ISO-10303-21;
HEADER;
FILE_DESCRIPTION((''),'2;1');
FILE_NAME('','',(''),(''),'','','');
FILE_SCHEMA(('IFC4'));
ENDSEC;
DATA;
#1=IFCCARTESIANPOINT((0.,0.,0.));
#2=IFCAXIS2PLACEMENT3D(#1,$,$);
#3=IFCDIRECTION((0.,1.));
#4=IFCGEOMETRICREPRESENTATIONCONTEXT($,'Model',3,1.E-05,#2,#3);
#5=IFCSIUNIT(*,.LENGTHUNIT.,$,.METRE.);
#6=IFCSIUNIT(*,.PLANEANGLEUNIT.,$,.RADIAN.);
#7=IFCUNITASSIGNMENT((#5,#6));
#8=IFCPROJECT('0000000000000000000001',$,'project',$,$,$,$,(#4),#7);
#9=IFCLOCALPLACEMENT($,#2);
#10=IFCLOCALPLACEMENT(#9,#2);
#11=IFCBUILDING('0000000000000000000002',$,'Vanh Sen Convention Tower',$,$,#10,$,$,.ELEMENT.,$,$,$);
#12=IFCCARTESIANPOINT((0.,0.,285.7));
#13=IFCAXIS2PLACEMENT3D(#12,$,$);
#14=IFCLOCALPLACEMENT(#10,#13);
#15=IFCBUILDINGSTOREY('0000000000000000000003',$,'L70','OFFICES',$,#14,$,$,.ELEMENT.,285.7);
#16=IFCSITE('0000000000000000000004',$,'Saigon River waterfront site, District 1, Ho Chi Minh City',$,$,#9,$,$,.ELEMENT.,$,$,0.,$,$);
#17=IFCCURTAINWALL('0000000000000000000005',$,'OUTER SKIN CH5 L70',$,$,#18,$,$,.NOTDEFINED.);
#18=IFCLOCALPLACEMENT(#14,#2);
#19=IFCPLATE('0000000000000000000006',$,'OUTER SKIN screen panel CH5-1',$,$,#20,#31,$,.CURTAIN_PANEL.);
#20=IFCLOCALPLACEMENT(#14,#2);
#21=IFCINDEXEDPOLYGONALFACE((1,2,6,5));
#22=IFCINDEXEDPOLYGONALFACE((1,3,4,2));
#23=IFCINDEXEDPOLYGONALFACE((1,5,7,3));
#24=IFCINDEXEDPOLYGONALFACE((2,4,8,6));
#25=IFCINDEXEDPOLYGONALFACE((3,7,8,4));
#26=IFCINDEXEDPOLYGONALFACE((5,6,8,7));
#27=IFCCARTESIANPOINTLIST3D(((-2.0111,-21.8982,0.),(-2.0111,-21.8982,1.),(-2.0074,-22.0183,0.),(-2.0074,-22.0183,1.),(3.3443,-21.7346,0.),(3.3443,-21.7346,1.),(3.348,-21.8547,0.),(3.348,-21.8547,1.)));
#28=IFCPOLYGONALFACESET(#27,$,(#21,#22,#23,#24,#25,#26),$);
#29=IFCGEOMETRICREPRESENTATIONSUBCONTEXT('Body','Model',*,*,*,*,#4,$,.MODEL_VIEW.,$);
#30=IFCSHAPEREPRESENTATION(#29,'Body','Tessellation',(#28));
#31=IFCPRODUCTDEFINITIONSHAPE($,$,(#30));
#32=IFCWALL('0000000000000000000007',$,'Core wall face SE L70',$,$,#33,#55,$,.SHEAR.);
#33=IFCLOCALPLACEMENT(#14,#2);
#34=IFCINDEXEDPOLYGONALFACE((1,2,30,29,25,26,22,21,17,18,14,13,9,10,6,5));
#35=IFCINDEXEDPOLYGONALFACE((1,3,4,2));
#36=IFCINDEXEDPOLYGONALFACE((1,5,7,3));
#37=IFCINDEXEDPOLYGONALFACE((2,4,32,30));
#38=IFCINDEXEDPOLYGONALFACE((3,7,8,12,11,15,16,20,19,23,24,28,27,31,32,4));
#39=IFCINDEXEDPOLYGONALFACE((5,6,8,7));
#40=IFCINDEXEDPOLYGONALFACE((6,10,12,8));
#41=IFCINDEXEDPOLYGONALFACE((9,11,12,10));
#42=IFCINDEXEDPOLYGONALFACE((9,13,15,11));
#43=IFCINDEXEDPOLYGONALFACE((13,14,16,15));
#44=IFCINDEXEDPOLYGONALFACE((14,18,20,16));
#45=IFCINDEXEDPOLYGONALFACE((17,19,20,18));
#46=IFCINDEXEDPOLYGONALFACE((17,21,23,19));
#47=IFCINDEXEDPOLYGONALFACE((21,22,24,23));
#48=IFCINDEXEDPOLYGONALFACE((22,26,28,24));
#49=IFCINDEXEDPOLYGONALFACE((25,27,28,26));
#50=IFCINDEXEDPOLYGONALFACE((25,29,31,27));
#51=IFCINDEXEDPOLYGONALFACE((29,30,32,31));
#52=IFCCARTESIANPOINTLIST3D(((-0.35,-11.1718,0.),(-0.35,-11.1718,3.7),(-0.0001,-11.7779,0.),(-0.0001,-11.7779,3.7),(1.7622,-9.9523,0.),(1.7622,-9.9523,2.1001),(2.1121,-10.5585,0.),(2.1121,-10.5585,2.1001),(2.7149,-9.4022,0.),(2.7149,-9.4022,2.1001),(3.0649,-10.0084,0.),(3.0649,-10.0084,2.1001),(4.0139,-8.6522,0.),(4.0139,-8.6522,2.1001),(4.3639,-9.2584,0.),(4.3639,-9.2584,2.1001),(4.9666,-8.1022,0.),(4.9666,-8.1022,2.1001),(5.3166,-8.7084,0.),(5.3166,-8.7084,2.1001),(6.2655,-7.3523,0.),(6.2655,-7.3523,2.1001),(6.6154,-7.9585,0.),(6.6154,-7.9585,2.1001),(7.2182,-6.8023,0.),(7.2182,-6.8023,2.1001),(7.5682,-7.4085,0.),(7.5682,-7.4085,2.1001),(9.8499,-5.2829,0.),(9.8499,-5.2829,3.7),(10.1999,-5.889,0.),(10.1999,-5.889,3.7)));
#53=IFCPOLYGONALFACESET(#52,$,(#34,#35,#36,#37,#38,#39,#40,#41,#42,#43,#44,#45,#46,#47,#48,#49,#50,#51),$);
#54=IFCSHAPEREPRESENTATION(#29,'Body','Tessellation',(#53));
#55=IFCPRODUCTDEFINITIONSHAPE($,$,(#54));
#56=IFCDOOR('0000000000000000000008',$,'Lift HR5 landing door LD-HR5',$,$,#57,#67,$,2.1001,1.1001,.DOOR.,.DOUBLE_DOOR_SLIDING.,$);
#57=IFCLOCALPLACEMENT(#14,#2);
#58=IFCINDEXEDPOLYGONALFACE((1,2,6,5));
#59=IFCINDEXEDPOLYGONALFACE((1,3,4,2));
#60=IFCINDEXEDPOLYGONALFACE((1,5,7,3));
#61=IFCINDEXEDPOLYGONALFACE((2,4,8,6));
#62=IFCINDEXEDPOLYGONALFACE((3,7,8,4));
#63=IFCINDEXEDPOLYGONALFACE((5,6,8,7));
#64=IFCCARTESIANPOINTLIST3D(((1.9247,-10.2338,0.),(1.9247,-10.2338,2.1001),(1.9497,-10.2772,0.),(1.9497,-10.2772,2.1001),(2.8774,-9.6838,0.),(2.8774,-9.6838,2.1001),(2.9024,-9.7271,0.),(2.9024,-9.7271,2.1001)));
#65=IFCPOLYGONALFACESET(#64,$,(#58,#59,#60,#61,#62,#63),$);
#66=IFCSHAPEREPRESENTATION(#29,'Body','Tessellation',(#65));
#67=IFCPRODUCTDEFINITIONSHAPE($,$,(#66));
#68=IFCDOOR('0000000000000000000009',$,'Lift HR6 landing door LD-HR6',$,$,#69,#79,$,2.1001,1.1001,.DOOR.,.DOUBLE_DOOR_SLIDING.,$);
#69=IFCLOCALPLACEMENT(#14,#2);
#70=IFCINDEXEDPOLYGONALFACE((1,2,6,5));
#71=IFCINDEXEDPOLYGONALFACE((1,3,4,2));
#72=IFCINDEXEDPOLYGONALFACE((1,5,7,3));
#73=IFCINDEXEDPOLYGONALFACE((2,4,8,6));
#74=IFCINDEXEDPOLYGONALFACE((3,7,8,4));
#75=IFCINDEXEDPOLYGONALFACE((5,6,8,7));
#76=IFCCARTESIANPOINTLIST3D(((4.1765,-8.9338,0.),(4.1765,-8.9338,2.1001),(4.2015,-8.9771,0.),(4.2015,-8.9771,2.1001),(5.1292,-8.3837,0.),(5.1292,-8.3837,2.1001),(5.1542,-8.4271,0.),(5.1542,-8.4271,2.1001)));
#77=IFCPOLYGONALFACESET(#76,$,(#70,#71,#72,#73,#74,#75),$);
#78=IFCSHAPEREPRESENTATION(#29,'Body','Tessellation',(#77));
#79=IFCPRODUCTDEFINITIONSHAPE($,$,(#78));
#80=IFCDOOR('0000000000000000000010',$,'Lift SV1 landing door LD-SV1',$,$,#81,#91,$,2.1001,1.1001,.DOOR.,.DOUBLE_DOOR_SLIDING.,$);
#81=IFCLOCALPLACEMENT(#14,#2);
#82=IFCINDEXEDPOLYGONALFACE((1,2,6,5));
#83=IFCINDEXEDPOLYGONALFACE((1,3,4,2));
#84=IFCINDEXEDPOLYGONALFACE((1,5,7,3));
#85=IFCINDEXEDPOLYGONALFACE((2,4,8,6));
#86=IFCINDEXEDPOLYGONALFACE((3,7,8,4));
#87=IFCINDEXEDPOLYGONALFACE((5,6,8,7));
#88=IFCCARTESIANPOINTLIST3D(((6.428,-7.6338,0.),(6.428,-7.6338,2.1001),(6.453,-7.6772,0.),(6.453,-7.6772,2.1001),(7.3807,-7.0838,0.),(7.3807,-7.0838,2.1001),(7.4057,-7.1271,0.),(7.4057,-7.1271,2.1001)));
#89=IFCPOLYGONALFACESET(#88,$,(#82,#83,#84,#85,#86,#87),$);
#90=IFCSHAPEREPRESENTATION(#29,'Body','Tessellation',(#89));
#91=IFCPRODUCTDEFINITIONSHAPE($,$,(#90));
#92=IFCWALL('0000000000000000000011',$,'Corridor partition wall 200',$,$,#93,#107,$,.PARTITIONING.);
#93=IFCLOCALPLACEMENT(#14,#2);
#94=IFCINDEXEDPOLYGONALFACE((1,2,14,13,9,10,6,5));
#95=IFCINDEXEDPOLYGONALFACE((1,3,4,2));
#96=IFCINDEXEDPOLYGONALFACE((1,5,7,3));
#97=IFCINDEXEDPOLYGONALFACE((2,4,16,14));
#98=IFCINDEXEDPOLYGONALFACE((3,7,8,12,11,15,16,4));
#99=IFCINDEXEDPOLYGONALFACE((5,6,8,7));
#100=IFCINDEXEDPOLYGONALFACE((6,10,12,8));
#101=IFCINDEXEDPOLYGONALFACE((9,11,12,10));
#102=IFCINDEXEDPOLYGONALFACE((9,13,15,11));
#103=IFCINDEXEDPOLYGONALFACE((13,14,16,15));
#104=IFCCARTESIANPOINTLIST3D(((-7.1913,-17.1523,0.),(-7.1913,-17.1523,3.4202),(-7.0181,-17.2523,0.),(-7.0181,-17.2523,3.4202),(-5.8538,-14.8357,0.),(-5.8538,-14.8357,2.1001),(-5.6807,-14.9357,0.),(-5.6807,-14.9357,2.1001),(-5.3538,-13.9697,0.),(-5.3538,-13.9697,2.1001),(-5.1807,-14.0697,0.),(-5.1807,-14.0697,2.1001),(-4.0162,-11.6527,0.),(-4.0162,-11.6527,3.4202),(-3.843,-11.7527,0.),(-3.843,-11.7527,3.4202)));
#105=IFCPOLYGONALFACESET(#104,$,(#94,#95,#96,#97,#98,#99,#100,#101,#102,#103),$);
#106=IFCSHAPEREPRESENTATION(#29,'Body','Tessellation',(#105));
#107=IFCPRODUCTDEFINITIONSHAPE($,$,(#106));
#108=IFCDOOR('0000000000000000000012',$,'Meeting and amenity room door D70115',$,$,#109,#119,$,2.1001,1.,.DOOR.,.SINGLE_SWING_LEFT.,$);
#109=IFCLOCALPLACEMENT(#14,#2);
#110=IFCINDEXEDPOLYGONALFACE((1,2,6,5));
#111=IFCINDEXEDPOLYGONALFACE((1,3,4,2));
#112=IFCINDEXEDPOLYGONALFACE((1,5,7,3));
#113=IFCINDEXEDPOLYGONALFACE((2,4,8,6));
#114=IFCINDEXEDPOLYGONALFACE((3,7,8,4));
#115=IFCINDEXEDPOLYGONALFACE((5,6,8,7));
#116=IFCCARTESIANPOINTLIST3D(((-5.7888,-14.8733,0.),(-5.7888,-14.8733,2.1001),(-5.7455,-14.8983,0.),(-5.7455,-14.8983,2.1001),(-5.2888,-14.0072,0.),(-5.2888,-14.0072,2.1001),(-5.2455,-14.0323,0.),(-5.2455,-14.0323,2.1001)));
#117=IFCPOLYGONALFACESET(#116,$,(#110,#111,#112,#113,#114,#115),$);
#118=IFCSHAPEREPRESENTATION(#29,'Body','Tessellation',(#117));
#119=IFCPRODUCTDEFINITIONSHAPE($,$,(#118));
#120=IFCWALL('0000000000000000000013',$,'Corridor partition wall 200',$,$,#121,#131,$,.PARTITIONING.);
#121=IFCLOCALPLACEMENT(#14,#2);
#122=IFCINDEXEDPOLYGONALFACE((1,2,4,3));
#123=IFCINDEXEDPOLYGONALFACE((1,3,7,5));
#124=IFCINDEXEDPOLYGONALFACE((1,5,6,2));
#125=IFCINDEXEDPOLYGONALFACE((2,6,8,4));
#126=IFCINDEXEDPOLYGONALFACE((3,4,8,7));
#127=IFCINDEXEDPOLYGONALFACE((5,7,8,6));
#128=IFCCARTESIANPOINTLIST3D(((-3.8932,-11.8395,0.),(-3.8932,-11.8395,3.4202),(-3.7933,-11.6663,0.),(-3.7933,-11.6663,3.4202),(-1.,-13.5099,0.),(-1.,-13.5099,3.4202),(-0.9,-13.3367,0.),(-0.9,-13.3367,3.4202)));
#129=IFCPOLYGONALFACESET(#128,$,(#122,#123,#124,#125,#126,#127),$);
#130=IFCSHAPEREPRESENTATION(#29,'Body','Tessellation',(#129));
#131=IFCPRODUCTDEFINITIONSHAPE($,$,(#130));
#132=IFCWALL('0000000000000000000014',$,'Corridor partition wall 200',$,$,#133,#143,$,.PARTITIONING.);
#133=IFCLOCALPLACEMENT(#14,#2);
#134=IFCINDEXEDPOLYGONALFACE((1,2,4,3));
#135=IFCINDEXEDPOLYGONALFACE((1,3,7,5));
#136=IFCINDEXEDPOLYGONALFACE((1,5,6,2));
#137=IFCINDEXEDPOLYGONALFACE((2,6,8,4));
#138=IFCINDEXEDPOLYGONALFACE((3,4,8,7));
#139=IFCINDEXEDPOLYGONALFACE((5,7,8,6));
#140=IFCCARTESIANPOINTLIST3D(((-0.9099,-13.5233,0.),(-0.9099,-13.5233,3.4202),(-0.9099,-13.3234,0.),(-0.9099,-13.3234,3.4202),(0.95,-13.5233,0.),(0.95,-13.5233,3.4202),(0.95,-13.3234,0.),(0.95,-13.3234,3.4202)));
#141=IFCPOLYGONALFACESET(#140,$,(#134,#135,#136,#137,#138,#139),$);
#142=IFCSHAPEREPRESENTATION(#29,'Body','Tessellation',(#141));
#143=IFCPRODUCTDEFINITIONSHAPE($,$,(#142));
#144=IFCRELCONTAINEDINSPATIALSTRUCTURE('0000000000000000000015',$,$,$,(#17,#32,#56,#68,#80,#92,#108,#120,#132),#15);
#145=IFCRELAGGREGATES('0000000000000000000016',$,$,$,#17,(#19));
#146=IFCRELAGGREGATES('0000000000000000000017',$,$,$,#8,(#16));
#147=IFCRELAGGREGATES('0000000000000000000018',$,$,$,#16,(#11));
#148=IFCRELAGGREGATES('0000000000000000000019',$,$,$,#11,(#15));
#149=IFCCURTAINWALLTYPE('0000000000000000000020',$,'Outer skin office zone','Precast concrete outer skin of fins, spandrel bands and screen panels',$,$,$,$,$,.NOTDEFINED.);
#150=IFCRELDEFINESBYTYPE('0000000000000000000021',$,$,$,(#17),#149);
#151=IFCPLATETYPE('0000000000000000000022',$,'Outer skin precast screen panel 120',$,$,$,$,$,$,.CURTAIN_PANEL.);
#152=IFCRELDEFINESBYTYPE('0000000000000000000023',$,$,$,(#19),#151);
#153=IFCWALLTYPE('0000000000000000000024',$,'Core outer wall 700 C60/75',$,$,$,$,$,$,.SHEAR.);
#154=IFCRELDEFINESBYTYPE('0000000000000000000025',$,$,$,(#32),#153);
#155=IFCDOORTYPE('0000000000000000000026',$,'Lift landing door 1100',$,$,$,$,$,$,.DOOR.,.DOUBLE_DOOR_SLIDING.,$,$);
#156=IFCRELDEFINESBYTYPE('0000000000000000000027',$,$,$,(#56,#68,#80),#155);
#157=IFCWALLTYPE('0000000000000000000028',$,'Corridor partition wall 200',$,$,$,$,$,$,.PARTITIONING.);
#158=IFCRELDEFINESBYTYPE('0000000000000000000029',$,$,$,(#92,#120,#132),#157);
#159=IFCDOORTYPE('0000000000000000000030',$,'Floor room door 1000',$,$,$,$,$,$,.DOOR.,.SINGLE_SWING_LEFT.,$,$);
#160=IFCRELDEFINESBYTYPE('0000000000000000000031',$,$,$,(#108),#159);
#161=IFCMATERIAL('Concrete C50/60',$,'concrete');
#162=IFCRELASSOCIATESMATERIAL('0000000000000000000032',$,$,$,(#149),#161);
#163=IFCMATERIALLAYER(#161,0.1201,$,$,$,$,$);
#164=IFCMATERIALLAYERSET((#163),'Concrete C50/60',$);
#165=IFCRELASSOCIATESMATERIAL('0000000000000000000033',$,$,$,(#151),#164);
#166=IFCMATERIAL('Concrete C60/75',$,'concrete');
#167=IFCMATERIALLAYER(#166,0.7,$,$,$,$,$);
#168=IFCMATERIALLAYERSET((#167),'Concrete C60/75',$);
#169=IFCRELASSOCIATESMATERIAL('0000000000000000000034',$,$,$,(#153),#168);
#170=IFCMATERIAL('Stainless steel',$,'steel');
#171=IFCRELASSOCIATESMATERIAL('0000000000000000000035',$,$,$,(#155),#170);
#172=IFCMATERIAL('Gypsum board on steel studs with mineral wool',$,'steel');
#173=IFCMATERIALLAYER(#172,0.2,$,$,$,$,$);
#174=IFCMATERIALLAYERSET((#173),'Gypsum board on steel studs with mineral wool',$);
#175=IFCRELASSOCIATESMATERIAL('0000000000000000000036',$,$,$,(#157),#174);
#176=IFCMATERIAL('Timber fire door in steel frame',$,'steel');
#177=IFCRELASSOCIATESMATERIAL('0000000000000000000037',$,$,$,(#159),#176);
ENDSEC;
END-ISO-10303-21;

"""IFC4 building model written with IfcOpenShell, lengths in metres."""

from ifc_helpers import new_model, si_unit, direction, frame, frame_2d, origin, origin_2d, place, context, subcontext, project, spatial, rectangle, extrude, material, layer, layer_set, type_object, element, fill, aggregate, save


model = new_model("IFC4")

# Units and contexts
model_context = context("Model", 3, precision=1e-05, world=origin(), true_north=direction((0.0, 1.0)))
body_context = subcontext(model_context, "Body", "Model", "MODEL_VIEW")
ifc_project = project(units=[si_unit("LENGTHUNIT", "METRE"), si_unit("PLANEANGLEUNIT", "RADIAN")], contexts=[model_context])

# Site, building, storey
site_placement = place(None, origin())
site = spatial("IfcSite", under=ifc_project, at=site_placement, Name="Saigon River waterfront site, District 1, Ho Chi Minh City", CompositionType="ELEMENT", RefElevation=0.0)
building_placement = place(site_placement, origin())
building = spatial("IfcBuilding", under=site, at=building_placement, Name="Vanh Sen Convention Tower", CompositionType="ELEMENT")
storey_placement = place(building_placement, frame((0.0, 0.0, 285.7)))
storey = spatial("IfcBuildingStorey", under=building, at=storey_placement, Name="L70", Description="OFFICES", CompositionType="ELEMENT", Elevation=285.7)

# Shared definitions
ifc_material_1 = material(Name="Concrete C60/75", Category="concrete")

# Shared definitions
ifc_material_2 = material(Name="Concrete C50/60", Category="concrete")
curtain_wall_type = type_object("IfcCurtainWallType", Name="Outer skin office zone", Description="Precast concrete outer skin of fins, spandrel bands and screen panels", PredefinedType="NOTDEFINED", material=ifc_material_2)

# Curtain wall
curtain_wall_1_placement = place(storey_placement, origin())
curtain_wall_1 = element("IfcCurtainWall", 1, at=curtain_wall_1_placement, inside=storey, type_object=curtain_wall_type, Name="OUTER SKIN CH5 L70", PredefinedType="NOTDEFINED")

# Plate
ifc_layer_1 = layer(ifc_material_2, 0.1201)
ifc_layer_set_1 = layer_set([ifc_layer_1], Name="Concrete C50/60")
plate_type = type_object("IfcPlateType", Name="Outer skin precast screen panel 120", PredefinedType="CURTAIN_PANEL", material=ifc_layer_set_1)
plate_1_placement = place(storey_placement, frame((0.6685, -21.8765, 0.0), z_axis=(0.0, 0.0, 1.0), x_axis=(0.999534, 0.030539, 0.0)))
plate_1 = element("IfcPlate", 2, at=plate_1_placement, type_object=plate_type, Name="OUTER SKIN screen panel CH5-1", PredefinedType="CURTAIN_PANEL", context=body_context, shape_type="SweptSolid", body=[
    extrude(rectangle(XDim=5.3579, YDim=0.1201, at=origin_2d()), origin(), (0.0, 0.0, 1.0), 1.0),
])
aggregate(curtain_wall_1, [plate_1])

# Wall, openings, doors
ifc_layer_2 = layer(ifc_material_1, 0.7)
ifc_layer_set_2 = layer_set([ifc_layer_2], Name="Concrete C60/75")
wall_type_1 = type_object("IfcWallType", Name="Core outer wall 700 C60/75", PredefinedType="SHEAR", material=ifc_layer_set_2)
wall_1_placement = place(storey_placement, frame((-0.175, -11.4749, 0.0), z_axis=(0.0, 0.0, 1.0), x_axis=(0.866026, 0.499998, 0.0)))
wall_1 = element("IfcWall", 3, at=wall_1_placement, inside=storey, type_object=wall_type_1, Name="Core wall face SE L70", PredefinedType="SHEAR", context=body_context, shape_type="SweptSolid", body=[
    extrude(rectangle(XDim=11.7778, YDim=0.7, at=frame_2d((5.8889, 0.0))), origin(), (0.0, 0.0, 1.0), 3.7),
])
opening_1_placement = place(wall_1_placement, frame((2.439, 0.0, 0.0)))
opening_1 = element("IfcOpeningElement", 4, at=opening_1_placement, cuts=wall_1, PredefinedType="OPENING", context=body_context, shape_type="SweptSolid", body=[
    extrude(rectangle(XDim=1.1001, YDim=2.1001, at=frame_2d((0.55, 1.05))), frame((0.0, 0.3599, 0.0), z_axis=(0.0, -1.0, 0.0), x_axis=(1.0, 0.0, 0.0)), (0.0, 0.0, 1.0), 0.72),
])
opening_2_placement = place(wall_1_placement, frame((5.0391, 0.0, 0.0)))
opening_2 = element("IfcOpeningElement", 5, at=opening_2_placement, cuts=wall_1, PredefinedType="OPENING", context=body_context, shape_type="SweptSolid", body=[
    extrude(rectangle(XDim=1.1001, YDim=2.1001, at=frame_2d((0.55, 1.05))), frame((0.0, 0.3599, 0.0), z_axis=(0.0, -1.0, 0.0), x_axis=(1.0, 0.0, 0.0)), (0.0, 0.0, 1.0), 0.72),
])
opening_3_placement = place(wall_1_placement, frame((7.6389, 0.0, 0.0)))
opening_3 = element("IfcOpeningElement", 6, at=opening_3_placement, cuts=wall_1, PredefinedType="OPENING", context=body_context, shape_type="SweptSolid", body=[
    extrude(rectangle(XDim=1.1001, YDim=2.1001, at=frame_2d((0.55, 1.05))), frame((0.0, 0.3599, 0.0), z_axis=(0.0, -1.0, 0.0), x_axis=(1.0, 0.0, 0.0)), (0.0, 0.0, 1.0), 0.72),
])
ifc_material_3 = material(Name="Stainless steel", Category="steel")
door_type_1 = type_object("IfcDoorType", Name="Lift landing door 1100", OperationType="DOUBLE_DOOR_SLIDING", PredefinedType="DOOR", material=ifc_material_3)
door_1_placement = place(opening_1_placement, origin())
door_1 = element("IfcDoor", 7, at=door_1_placement, inside=storey, type_object=door_type_1, Name="Lift HR5 landing door LD-HR5", OperationType="DOUBLE_DOOR_SLIDING", OverallHeight=2.1001, OverallWidth=1.1001, PredefinedType="DOOR", context=body_context, shape_type="SweptSolid", body=[
    extrude(rectangle(XDim=1.1001, YDim=2.1001, at=frame_2d((0.55, 1.05))), frame((0.0, 0.0249, 0.0), z_axis=(0.0, -1.0, 0.0), x_axis=(1.0, 0.0, 0.0)), (0.0, 0.0, 1.0), 0.05),
])
fill(opening_1, door_1)
door_2_placement = place(opening_2_placement, origin())
door_2 = element("IfcDoor", 8, at=door_2_placement, inside=storey, type_object=door_type_1, Name="Lift HR6 landing door LD-HR6", OperationType="DOUBLE_DOOR_SLIDING", OverallHeight=2.1001, OverallWidth=1.1001, PredefinedType="DOOR", context=body_context, shape_type="SweptSolid", body=[
    extrude(rectangle(XDim=1.1001, YDim=2.1001, at=frame_2d((0.55, 1.05))), frame((0.0, 0.0249, 0.0), z_axis=(0.0, -1.0, 0.0), x_axis=(1.0, 0.0, 0.0)), (0.0, 0.0, 1.0), 0.05),
])
fill(opening_2, door_2)
door_3_placement = place(opening_3_placement, origin())
door_3 = element("IfcDoor", 9, at=door_3_placement, inside=storey, type_object=door_type_1, Name="Lift SV1 landing door LD-SV1", OperationType="DOUBLE_DOOR_SLIDING", OverallHeight=2.1001, OverallWidth=1.1001, PredefinedType="DOOR", context=body_context, shape_type="SweptSolid", body=[
    extrude(rectangle(XDim=1.1001, YDim=2.1001, at=frame_2d((0.55, 1.05))), frame((0.0, 0.0249, 0.0), z_axis=(0.0, -1.0, 0.0), x_axis=(1.0, 0.0, 0.0)), (0.0, 0.0, 1.0), 0.05),
])
fill(opening_3, door_3)

# Wall, opening, door
ifc_material_4 = material(Name="Gypsum board on steel studs with mineral wool", Category="steel")
ifc_layer_3 = layer(ifc_material_4, 0.2)
ifc_layer_set_3 = layer_set([ifc_layer_3], Name="Gypsum board on steel studs with mineral wool")
wall_type_2 = type_object("IfcWallType", Name="Corridor partition wall 200", PredefinedType="PARTITIONING", material=ifc_layer_set_3)
wall_2_placement = place(storey_placement, frame((-7.1047, -17.2024, 0.0), z_axis=(0.0, 0.0, 1.0), x_axis=(0.499989, 0.866032, 0.0)))
wall_2 = element("IfcWall", 10, at=wall_2_placement, inside=storey, type_object=wall_type_2, Name="Corridor partition wall 200", PredefinedType="PARTITIONING", context=body_context, shape_type="SweptSolid", body=[
    extrude(rectangle(XDim=6.3503, YDim=0.2, at=frame_2d((3.1753, 0.0))), origin(), (0.0, 0.0, 1.0), 3.4202),
])
opening_4_placement = place(wall_2_placement, frame((2.675, 0.0, 0.0)))
opening_4 = element("IfcOpeningElement", 11, at=opening_4_placement, cuts=wall_2, PredefinedType="OPENING", context=body_context, shape_type="SweptSolid", body=[
    extrude(rectangle(XDim=1.0, YDim=2.1001, at=frame_2d((0.5, 1.05))), frame((0.0, 0.1099, 0.0), z_axis=(0.0, -1.0, 0.0), x_axis=(1.0, 0.0, 0.0)), (0.0, 0.0, 1.0), 0.22),
])
ifc_material_5 = material(Name="Timber fire door in steel frame", Category="steel")
door_type_2 = type_object("IfcDoorType", Name="Floor room door 1000", OperationType="SINGLE_SWING_LEFT", PredefinedType="DOOR", material=ifc_material_5)
door_4_placement = place(opening_4_placement, origin())
door_4 = element("IfcDoor", 12, at=door_4_placement, inside=storey, type_object=door_type_2, Name="Meeting and amenity room door D70115", OperationType="SINGLE_SWING_LEFT", OverallHeight=2.1001, OverallWidth=1.0, PredefinedType="DOOR", context=body_context, shape_type="SweptSolid", body=[
    extrude(rectangle(XDim=1.0, YDim=2.1001, at=frame_2d((0.5, 1.05))), frame((0.0, 0.0249, 0.0), z_axis=(0.0, -1.0, 0.0), x_axis=(1.0, 0.0, 0.0)), (0.0, 0.0, 1.0), 0.05),
])
fill(opening_4, door_4)

# Walls
wall_3_placement = place(storey_placement, frame((-3.8433, -11.7529, 0.0), z_axis=(0.0, 0.0, 1.0), x_axis=(0.866031, -0.49999, 0.0)))
element("IfcWall", 13, at=wall_3_placement, inside=storey, type_object=wall_type_2, Name="Corridor partition wall 200", PredefinedType="PARTITIONING", context=body_context, shape_type="SweptSolid", body=[
    extrude(rectangle(XDim=3.3408, YDim=0.2, at=frame_2d((1.6704, 0.0))), origin(), (0.0, 0.0, 1.0), 3.4202),
])
wall_4_placement = place(storey_placement, frame((-0.9099, -13.4233, 0.0), z_axis=(0.0, 0.0, 1.0), x_axis=(1.0, 0.0, 0.0)))
element("IfcWall", 14, at=wall_4_placement, inside=storey, type_object=wall_type_2, Name="Corridor partition wall 200", PredefinedType="PARTITIONING", context=body_context, shape_type="SweptSolid", body=[
    extrude(rectangle(XDim=1.8599, YDim=0.2, at=frame_2d((0.9299, 0.0))), origin(), (0.0, 0.0, 1.0), 3.4202),
])

save(model, "model.ifc")
